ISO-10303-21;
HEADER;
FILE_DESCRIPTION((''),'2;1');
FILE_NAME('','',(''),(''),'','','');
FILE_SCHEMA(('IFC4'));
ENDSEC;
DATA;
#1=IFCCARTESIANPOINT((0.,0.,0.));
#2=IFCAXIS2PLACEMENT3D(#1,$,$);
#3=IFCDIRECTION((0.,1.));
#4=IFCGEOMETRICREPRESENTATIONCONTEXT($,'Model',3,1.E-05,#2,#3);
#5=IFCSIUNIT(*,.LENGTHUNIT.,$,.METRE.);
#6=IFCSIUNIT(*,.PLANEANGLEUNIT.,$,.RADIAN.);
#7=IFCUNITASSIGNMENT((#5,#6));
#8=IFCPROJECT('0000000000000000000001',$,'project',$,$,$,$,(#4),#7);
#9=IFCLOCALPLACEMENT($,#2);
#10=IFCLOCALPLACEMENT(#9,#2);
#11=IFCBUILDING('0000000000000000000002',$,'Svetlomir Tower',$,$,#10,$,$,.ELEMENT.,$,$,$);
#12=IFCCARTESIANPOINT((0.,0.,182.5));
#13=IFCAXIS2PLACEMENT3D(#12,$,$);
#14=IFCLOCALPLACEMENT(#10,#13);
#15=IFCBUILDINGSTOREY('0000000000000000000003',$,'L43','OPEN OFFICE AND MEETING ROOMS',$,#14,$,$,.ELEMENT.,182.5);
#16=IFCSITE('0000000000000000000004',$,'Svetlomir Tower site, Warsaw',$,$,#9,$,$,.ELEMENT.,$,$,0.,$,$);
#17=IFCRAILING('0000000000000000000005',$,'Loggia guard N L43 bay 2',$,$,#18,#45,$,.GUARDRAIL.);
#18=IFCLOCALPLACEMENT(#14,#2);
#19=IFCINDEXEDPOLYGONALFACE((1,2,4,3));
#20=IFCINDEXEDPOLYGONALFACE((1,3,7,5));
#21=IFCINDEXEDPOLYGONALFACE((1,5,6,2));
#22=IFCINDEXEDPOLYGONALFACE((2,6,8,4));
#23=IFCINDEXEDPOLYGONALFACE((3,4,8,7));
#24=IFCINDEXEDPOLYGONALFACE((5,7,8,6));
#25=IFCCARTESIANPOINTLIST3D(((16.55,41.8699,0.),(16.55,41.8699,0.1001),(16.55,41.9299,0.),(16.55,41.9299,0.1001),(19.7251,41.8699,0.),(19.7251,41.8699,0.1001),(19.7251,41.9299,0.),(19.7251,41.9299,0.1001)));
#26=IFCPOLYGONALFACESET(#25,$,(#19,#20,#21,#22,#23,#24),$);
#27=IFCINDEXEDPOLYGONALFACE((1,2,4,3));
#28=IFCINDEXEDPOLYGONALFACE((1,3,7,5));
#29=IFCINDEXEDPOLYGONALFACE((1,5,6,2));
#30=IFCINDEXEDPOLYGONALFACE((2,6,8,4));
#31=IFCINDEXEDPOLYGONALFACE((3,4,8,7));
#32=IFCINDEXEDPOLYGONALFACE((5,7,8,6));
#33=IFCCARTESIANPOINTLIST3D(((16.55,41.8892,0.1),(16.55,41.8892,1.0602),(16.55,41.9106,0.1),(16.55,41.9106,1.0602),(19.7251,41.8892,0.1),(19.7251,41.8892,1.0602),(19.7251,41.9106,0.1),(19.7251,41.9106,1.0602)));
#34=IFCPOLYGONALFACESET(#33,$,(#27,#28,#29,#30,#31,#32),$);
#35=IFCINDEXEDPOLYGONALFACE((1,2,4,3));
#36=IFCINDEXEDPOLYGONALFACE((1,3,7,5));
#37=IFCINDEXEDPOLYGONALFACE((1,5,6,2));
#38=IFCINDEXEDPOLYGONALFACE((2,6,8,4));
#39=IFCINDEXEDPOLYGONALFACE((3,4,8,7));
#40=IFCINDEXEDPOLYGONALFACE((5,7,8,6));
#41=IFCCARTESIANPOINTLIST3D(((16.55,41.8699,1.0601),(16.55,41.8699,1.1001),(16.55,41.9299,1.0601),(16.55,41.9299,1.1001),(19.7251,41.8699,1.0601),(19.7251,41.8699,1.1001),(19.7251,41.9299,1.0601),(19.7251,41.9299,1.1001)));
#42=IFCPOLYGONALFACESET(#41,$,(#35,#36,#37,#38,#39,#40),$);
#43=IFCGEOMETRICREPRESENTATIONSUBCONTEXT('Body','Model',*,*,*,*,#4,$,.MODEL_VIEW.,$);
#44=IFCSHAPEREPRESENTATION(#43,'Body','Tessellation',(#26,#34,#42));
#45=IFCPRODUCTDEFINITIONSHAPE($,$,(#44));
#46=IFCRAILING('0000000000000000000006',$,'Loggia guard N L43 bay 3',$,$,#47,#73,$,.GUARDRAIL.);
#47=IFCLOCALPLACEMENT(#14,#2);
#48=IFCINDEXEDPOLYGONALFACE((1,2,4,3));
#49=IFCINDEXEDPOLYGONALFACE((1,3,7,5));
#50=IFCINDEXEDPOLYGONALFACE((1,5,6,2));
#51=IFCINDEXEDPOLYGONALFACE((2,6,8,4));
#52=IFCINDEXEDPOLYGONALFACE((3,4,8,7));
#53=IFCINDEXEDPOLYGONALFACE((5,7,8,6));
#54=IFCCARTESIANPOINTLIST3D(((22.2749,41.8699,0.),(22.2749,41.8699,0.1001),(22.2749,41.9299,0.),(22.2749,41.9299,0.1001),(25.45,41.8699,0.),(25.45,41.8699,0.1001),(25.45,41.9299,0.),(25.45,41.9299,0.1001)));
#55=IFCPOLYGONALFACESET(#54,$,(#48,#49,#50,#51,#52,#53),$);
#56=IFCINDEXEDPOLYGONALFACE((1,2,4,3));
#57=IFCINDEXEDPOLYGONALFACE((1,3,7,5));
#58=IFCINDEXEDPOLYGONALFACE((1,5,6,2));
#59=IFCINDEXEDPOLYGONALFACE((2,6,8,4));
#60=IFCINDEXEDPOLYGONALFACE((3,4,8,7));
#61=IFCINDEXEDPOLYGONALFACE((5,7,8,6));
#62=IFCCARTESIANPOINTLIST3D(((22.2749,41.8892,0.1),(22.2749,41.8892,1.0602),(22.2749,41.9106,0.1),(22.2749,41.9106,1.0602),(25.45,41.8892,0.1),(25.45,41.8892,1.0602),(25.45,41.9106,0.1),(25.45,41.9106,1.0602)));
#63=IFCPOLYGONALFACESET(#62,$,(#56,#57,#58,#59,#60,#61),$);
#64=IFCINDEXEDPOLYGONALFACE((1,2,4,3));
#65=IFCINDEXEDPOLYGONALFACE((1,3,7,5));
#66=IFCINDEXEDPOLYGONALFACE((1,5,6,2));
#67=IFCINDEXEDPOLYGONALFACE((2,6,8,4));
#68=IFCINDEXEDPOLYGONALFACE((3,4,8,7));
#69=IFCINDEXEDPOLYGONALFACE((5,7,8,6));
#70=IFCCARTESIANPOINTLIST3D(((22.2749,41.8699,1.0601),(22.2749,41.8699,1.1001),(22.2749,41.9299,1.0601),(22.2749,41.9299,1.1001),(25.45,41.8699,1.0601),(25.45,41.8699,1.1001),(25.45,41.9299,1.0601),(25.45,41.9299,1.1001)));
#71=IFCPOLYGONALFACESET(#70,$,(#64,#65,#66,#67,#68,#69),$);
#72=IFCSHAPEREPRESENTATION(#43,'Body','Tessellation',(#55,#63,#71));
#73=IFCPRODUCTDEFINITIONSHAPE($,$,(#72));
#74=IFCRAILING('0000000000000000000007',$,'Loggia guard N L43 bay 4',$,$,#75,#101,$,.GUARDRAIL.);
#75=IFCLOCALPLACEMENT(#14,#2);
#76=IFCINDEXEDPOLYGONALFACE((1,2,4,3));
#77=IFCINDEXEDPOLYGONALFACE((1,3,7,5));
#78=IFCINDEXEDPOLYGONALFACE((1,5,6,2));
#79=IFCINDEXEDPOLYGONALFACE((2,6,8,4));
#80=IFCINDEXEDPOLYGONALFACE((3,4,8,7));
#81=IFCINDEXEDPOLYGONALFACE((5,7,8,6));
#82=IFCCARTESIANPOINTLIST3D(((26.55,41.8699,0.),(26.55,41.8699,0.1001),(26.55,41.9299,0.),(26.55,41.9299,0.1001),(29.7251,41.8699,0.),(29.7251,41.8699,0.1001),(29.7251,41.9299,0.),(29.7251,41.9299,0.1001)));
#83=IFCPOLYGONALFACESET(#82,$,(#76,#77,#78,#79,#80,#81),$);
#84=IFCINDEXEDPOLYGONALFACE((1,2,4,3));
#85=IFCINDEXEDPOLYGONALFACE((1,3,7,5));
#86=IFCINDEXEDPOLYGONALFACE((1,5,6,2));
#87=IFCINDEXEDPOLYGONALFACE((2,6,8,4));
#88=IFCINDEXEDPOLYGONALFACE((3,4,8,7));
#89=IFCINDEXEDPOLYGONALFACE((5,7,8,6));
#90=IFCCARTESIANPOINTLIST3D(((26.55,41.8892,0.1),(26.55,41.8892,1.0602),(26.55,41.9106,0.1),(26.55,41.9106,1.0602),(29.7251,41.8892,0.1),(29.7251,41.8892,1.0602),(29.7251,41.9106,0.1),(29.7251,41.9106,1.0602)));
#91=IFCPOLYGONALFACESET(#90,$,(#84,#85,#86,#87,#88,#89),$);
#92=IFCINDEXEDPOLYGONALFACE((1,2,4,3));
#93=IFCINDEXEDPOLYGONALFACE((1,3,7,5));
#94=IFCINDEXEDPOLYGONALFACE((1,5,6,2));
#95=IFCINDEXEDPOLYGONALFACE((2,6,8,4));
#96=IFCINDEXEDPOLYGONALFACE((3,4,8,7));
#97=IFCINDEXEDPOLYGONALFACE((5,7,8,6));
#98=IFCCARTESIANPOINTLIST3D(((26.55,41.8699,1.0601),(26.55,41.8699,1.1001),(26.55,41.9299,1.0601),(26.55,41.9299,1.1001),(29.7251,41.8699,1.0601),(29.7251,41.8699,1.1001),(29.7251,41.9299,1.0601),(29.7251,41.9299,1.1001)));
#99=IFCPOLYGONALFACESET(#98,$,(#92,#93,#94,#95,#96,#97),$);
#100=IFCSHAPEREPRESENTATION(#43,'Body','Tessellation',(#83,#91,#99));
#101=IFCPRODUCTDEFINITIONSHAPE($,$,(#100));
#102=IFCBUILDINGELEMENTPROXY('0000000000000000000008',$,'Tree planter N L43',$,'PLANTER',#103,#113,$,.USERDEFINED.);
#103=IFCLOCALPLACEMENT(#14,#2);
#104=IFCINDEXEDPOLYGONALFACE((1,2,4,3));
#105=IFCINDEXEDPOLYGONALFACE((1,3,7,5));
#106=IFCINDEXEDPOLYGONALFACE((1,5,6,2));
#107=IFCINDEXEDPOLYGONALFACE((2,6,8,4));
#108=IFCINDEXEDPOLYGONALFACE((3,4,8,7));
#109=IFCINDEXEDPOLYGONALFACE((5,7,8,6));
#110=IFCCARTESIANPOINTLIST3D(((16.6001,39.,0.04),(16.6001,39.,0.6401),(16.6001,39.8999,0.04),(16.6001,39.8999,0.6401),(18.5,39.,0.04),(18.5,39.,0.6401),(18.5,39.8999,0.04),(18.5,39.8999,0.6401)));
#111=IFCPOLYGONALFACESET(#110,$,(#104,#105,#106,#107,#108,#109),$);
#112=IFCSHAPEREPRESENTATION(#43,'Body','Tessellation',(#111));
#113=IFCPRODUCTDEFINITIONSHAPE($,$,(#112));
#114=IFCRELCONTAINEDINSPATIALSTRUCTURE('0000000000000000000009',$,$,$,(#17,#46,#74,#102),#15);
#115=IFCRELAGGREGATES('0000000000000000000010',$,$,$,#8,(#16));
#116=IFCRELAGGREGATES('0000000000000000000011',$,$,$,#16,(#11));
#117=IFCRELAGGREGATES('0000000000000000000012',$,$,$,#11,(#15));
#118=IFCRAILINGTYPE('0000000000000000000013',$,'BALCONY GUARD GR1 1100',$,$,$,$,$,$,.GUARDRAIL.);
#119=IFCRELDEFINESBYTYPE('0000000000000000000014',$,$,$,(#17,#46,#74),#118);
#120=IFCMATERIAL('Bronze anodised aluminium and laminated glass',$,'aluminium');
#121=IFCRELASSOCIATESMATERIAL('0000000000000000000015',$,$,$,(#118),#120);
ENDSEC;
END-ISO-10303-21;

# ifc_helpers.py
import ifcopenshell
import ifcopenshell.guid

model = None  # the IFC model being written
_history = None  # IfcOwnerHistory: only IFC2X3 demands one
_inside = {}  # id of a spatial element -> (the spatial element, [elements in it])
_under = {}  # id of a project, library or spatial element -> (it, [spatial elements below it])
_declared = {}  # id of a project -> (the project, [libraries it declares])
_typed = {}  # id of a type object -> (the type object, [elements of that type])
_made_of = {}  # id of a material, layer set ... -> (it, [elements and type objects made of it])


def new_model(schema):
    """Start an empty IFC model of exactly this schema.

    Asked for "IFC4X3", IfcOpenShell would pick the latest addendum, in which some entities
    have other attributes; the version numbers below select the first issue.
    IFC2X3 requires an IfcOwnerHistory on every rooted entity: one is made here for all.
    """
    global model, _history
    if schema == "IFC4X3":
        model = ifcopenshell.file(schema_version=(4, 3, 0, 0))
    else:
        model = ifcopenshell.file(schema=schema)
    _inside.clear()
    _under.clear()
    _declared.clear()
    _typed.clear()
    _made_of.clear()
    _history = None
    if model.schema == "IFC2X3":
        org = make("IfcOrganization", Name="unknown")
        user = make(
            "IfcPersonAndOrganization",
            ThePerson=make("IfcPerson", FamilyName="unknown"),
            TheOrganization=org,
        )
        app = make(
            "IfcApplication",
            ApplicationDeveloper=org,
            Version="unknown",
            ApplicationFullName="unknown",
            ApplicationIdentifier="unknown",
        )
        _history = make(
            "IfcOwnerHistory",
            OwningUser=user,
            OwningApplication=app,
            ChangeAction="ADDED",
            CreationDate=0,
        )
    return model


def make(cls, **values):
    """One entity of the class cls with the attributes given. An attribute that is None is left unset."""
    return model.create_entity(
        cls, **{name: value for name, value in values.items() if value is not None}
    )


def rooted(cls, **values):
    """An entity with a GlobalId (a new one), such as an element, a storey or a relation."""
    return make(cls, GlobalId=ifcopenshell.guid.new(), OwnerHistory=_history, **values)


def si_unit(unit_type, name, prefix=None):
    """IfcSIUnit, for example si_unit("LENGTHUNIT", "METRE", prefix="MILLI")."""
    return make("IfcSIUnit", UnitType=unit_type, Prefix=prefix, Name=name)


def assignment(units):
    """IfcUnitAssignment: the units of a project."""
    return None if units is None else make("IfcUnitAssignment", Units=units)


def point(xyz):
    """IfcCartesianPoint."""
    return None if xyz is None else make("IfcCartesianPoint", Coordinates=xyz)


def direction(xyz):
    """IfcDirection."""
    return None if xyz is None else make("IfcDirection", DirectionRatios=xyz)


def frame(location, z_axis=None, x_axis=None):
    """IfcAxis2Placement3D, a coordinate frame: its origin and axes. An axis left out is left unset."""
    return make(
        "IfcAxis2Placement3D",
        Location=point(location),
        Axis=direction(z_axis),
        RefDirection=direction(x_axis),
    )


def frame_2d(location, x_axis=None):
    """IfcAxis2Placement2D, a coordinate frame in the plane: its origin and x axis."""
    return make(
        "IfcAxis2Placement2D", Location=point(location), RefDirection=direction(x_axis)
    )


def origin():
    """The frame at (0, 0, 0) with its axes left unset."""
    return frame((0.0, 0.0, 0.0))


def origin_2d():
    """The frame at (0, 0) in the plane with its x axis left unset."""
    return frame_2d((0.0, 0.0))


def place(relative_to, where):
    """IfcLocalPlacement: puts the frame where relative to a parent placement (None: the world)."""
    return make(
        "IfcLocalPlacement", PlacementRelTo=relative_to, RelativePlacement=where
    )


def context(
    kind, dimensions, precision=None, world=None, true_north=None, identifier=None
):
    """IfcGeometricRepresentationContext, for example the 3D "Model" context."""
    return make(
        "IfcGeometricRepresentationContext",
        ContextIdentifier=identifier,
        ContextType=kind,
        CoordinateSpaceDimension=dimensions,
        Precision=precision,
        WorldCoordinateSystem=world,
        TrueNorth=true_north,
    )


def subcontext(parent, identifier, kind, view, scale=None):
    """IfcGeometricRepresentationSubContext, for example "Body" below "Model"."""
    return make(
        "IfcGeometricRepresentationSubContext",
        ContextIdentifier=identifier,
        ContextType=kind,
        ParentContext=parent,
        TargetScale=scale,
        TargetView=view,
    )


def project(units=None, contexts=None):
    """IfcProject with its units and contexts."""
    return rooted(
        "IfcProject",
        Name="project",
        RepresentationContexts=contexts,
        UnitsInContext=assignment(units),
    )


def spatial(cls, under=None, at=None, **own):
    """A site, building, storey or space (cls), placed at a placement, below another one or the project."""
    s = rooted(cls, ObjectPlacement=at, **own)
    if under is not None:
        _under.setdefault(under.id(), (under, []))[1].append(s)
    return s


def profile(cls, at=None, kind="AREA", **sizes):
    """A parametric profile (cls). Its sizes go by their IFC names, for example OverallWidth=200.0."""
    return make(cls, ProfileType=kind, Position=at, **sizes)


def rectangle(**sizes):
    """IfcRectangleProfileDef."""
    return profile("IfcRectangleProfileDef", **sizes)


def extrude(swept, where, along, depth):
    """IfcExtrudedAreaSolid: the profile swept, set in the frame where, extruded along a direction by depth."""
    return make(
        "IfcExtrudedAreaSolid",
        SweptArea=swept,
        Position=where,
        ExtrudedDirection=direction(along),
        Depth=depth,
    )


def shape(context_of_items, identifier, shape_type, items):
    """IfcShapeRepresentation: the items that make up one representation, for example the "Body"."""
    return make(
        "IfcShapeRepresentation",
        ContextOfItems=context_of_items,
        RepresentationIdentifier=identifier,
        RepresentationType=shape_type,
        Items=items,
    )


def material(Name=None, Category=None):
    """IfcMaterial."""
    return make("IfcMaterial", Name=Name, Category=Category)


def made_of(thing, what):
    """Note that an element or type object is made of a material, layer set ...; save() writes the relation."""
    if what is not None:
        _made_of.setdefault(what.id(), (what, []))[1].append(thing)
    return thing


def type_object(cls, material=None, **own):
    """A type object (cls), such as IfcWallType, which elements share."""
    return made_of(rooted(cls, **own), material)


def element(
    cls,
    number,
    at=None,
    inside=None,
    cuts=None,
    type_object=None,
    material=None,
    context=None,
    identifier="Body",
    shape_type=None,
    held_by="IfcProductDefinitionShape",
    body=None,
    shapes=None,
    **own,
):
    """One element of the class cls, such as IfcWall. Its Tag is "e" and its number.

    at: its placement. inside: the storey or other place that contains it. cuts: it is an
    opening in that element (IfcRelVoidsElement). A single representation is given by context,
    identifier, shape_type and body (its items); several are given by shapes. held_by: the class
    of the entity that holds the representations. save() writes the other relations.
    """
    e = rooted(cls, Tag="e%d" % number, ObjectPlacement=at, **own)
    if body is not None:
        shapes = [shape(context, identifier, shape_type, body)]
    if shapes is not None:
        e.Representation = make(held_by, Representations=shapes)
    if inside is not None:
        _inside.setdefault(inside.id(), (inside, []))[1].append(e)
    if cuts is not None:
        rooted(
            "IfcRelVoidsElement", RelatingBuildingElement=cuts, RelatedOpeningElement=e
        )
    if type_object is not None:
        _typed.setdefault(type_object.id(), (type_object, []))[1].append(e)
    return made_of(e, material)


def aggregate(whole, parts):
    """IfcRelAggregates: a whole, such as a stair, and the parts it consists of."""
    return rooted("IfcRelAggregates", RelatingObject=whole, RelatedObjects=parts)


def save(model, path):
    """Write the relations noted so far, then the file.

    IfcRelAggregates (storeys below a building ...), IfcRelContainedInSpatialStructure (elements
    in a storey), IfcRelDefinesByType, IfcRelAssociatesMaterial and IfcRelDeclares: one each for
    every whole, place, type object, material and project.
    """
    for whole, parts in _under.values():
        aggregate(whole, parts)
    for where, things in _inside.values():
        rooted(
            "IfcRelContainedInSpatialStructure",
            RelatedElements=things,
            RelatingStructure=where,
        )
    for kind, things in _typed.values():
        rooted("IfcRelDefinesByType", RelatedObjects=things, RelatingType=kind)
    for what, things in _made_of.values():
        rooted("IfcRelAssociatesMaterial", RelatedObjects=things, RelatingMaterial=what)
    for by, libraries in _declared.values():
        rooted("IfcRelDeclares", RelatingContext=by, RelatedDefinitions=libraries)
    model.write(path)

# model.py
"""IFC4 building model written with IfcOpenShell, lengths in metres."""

from ifc_helpers import new_model, si_unit, direction, frame, origin, origin_2d, place, context, subcontext, project, spatial, rectangle, extrude, material, type_object, element, save


model = new_model("IFC4")

# Units and contexts
model_context = context("Model", 3, precision=1e-05, world=origin(), true_north=direction((0.0, 1.0)))
body_context = subcontext(model_context, "Body", "Model", "MODEL_VIEW")
ifc_project = project(units=[si_unit("LENGTHUNIT", "METRE"), si_unit("PLANEANGLEUNIT", "RADIAN")], contexts=[model_context])

# Site, building, storey
site_placement = place(None, origin())
site = spatial("IfcSite", under=ifc_project, at=site_placement, Name="Svetlomir Tower site, Warsaw", CompositionType="ELEMENT", RefElevation=0.0)
building_placement = place(site_placement, origin())
building = spatial("IfcBuilding", under=site, at=building_placement, Name="Svetlomir Tower", CompositionType="ELEMENT")
storey_placement = place(building_placement, frame((0.0, 0.0, 182.5)))
storey = spatial("IfcBuildingStorey", under=building, at=storey_placement, Name="L43", Description="OPEN OFFICE AND MEETING ROOMS", CompositionType="ELEMENT", Elevation=182.5)

# Railings
ifc_material_1 = material(Name="Bronze anodised aluminium and laminated glass", Category="aluminium")
railing_type = type_object("IfcRailingType", Name="BALCONY GUARD GR1 1100", PredefinedType="GUARDRAIL", material=ifc_material_1)
for number, where, name in (
    (1, (16.55, 41.8999, 0.0), "Loggia guard N L43 bay 2"),
    (2, (22.2749, 41.8999, 0.0), "Loggia guard N L43 bay 3"),
    (3, (26.55, 41.8999, 0.0), "Loggia guard N L43 bay 4"),
):
    element("IfcRailing", number, at=place(storey_placement, frame(where)), inside=storey, type_object=railing_type, Name=name, PredefinedType="GUARDRAIL", context=body_context, shape_type="SweptSolid", body=[
        extrude(rectangle(XDim=0.0601, YDim=0.1001, at=origin_2d()), frame((0.0, 0.0, 0.05), z_axis=(1.0, 0.0, 0.0), x_axis=(0.0, 1.0, 0.0)), (0.0, 0.0, 1.0), 3.175),
        extrude(rectangle(XDim=0.0215, YDim=0.9602, at=origin_2d()), frame((0.0, 0.0, 0.5801), z_axis=(1.0, 0.0, 0.0), x_axis=(0.0, 1.0, 0.0)), (0.0, 0.0, 1.0), 3.175),
        extrude(rectangle(XDim=0.0601, YDim=0.04, at=origin_2d()), frame((0.0, 0.0, 1.0801), z_axis=(1.0, 0.0, 0.0), x_axis=(0.0, 1.0, 0.0)), (0.0, 0.0, 1.0), 3.175),
    ])

# Building element proxy
proxy_placement = place(storey_placement, frame((17.55, 39.45, 0.04), z_axis=(0.0, 0.0, 1.0), x_axis=(1.0, 0.0, 0.0)))
element("IfcBuildingElementProxy", 4, at=proxy_placement, inside=storey, Name="Tree planter N L43", ObjectType="PLANTER", PredefinedType="USERDEFINED", context=body_context, shape_type="SweptSolid", body=[
    extrude(rectangle(XDim=1.8999, YDim=0.8999, at=origin_2d()), origin(), (0.0, 0.0, 1.0), 0.6001),
])

save(model, "model.ifc")
